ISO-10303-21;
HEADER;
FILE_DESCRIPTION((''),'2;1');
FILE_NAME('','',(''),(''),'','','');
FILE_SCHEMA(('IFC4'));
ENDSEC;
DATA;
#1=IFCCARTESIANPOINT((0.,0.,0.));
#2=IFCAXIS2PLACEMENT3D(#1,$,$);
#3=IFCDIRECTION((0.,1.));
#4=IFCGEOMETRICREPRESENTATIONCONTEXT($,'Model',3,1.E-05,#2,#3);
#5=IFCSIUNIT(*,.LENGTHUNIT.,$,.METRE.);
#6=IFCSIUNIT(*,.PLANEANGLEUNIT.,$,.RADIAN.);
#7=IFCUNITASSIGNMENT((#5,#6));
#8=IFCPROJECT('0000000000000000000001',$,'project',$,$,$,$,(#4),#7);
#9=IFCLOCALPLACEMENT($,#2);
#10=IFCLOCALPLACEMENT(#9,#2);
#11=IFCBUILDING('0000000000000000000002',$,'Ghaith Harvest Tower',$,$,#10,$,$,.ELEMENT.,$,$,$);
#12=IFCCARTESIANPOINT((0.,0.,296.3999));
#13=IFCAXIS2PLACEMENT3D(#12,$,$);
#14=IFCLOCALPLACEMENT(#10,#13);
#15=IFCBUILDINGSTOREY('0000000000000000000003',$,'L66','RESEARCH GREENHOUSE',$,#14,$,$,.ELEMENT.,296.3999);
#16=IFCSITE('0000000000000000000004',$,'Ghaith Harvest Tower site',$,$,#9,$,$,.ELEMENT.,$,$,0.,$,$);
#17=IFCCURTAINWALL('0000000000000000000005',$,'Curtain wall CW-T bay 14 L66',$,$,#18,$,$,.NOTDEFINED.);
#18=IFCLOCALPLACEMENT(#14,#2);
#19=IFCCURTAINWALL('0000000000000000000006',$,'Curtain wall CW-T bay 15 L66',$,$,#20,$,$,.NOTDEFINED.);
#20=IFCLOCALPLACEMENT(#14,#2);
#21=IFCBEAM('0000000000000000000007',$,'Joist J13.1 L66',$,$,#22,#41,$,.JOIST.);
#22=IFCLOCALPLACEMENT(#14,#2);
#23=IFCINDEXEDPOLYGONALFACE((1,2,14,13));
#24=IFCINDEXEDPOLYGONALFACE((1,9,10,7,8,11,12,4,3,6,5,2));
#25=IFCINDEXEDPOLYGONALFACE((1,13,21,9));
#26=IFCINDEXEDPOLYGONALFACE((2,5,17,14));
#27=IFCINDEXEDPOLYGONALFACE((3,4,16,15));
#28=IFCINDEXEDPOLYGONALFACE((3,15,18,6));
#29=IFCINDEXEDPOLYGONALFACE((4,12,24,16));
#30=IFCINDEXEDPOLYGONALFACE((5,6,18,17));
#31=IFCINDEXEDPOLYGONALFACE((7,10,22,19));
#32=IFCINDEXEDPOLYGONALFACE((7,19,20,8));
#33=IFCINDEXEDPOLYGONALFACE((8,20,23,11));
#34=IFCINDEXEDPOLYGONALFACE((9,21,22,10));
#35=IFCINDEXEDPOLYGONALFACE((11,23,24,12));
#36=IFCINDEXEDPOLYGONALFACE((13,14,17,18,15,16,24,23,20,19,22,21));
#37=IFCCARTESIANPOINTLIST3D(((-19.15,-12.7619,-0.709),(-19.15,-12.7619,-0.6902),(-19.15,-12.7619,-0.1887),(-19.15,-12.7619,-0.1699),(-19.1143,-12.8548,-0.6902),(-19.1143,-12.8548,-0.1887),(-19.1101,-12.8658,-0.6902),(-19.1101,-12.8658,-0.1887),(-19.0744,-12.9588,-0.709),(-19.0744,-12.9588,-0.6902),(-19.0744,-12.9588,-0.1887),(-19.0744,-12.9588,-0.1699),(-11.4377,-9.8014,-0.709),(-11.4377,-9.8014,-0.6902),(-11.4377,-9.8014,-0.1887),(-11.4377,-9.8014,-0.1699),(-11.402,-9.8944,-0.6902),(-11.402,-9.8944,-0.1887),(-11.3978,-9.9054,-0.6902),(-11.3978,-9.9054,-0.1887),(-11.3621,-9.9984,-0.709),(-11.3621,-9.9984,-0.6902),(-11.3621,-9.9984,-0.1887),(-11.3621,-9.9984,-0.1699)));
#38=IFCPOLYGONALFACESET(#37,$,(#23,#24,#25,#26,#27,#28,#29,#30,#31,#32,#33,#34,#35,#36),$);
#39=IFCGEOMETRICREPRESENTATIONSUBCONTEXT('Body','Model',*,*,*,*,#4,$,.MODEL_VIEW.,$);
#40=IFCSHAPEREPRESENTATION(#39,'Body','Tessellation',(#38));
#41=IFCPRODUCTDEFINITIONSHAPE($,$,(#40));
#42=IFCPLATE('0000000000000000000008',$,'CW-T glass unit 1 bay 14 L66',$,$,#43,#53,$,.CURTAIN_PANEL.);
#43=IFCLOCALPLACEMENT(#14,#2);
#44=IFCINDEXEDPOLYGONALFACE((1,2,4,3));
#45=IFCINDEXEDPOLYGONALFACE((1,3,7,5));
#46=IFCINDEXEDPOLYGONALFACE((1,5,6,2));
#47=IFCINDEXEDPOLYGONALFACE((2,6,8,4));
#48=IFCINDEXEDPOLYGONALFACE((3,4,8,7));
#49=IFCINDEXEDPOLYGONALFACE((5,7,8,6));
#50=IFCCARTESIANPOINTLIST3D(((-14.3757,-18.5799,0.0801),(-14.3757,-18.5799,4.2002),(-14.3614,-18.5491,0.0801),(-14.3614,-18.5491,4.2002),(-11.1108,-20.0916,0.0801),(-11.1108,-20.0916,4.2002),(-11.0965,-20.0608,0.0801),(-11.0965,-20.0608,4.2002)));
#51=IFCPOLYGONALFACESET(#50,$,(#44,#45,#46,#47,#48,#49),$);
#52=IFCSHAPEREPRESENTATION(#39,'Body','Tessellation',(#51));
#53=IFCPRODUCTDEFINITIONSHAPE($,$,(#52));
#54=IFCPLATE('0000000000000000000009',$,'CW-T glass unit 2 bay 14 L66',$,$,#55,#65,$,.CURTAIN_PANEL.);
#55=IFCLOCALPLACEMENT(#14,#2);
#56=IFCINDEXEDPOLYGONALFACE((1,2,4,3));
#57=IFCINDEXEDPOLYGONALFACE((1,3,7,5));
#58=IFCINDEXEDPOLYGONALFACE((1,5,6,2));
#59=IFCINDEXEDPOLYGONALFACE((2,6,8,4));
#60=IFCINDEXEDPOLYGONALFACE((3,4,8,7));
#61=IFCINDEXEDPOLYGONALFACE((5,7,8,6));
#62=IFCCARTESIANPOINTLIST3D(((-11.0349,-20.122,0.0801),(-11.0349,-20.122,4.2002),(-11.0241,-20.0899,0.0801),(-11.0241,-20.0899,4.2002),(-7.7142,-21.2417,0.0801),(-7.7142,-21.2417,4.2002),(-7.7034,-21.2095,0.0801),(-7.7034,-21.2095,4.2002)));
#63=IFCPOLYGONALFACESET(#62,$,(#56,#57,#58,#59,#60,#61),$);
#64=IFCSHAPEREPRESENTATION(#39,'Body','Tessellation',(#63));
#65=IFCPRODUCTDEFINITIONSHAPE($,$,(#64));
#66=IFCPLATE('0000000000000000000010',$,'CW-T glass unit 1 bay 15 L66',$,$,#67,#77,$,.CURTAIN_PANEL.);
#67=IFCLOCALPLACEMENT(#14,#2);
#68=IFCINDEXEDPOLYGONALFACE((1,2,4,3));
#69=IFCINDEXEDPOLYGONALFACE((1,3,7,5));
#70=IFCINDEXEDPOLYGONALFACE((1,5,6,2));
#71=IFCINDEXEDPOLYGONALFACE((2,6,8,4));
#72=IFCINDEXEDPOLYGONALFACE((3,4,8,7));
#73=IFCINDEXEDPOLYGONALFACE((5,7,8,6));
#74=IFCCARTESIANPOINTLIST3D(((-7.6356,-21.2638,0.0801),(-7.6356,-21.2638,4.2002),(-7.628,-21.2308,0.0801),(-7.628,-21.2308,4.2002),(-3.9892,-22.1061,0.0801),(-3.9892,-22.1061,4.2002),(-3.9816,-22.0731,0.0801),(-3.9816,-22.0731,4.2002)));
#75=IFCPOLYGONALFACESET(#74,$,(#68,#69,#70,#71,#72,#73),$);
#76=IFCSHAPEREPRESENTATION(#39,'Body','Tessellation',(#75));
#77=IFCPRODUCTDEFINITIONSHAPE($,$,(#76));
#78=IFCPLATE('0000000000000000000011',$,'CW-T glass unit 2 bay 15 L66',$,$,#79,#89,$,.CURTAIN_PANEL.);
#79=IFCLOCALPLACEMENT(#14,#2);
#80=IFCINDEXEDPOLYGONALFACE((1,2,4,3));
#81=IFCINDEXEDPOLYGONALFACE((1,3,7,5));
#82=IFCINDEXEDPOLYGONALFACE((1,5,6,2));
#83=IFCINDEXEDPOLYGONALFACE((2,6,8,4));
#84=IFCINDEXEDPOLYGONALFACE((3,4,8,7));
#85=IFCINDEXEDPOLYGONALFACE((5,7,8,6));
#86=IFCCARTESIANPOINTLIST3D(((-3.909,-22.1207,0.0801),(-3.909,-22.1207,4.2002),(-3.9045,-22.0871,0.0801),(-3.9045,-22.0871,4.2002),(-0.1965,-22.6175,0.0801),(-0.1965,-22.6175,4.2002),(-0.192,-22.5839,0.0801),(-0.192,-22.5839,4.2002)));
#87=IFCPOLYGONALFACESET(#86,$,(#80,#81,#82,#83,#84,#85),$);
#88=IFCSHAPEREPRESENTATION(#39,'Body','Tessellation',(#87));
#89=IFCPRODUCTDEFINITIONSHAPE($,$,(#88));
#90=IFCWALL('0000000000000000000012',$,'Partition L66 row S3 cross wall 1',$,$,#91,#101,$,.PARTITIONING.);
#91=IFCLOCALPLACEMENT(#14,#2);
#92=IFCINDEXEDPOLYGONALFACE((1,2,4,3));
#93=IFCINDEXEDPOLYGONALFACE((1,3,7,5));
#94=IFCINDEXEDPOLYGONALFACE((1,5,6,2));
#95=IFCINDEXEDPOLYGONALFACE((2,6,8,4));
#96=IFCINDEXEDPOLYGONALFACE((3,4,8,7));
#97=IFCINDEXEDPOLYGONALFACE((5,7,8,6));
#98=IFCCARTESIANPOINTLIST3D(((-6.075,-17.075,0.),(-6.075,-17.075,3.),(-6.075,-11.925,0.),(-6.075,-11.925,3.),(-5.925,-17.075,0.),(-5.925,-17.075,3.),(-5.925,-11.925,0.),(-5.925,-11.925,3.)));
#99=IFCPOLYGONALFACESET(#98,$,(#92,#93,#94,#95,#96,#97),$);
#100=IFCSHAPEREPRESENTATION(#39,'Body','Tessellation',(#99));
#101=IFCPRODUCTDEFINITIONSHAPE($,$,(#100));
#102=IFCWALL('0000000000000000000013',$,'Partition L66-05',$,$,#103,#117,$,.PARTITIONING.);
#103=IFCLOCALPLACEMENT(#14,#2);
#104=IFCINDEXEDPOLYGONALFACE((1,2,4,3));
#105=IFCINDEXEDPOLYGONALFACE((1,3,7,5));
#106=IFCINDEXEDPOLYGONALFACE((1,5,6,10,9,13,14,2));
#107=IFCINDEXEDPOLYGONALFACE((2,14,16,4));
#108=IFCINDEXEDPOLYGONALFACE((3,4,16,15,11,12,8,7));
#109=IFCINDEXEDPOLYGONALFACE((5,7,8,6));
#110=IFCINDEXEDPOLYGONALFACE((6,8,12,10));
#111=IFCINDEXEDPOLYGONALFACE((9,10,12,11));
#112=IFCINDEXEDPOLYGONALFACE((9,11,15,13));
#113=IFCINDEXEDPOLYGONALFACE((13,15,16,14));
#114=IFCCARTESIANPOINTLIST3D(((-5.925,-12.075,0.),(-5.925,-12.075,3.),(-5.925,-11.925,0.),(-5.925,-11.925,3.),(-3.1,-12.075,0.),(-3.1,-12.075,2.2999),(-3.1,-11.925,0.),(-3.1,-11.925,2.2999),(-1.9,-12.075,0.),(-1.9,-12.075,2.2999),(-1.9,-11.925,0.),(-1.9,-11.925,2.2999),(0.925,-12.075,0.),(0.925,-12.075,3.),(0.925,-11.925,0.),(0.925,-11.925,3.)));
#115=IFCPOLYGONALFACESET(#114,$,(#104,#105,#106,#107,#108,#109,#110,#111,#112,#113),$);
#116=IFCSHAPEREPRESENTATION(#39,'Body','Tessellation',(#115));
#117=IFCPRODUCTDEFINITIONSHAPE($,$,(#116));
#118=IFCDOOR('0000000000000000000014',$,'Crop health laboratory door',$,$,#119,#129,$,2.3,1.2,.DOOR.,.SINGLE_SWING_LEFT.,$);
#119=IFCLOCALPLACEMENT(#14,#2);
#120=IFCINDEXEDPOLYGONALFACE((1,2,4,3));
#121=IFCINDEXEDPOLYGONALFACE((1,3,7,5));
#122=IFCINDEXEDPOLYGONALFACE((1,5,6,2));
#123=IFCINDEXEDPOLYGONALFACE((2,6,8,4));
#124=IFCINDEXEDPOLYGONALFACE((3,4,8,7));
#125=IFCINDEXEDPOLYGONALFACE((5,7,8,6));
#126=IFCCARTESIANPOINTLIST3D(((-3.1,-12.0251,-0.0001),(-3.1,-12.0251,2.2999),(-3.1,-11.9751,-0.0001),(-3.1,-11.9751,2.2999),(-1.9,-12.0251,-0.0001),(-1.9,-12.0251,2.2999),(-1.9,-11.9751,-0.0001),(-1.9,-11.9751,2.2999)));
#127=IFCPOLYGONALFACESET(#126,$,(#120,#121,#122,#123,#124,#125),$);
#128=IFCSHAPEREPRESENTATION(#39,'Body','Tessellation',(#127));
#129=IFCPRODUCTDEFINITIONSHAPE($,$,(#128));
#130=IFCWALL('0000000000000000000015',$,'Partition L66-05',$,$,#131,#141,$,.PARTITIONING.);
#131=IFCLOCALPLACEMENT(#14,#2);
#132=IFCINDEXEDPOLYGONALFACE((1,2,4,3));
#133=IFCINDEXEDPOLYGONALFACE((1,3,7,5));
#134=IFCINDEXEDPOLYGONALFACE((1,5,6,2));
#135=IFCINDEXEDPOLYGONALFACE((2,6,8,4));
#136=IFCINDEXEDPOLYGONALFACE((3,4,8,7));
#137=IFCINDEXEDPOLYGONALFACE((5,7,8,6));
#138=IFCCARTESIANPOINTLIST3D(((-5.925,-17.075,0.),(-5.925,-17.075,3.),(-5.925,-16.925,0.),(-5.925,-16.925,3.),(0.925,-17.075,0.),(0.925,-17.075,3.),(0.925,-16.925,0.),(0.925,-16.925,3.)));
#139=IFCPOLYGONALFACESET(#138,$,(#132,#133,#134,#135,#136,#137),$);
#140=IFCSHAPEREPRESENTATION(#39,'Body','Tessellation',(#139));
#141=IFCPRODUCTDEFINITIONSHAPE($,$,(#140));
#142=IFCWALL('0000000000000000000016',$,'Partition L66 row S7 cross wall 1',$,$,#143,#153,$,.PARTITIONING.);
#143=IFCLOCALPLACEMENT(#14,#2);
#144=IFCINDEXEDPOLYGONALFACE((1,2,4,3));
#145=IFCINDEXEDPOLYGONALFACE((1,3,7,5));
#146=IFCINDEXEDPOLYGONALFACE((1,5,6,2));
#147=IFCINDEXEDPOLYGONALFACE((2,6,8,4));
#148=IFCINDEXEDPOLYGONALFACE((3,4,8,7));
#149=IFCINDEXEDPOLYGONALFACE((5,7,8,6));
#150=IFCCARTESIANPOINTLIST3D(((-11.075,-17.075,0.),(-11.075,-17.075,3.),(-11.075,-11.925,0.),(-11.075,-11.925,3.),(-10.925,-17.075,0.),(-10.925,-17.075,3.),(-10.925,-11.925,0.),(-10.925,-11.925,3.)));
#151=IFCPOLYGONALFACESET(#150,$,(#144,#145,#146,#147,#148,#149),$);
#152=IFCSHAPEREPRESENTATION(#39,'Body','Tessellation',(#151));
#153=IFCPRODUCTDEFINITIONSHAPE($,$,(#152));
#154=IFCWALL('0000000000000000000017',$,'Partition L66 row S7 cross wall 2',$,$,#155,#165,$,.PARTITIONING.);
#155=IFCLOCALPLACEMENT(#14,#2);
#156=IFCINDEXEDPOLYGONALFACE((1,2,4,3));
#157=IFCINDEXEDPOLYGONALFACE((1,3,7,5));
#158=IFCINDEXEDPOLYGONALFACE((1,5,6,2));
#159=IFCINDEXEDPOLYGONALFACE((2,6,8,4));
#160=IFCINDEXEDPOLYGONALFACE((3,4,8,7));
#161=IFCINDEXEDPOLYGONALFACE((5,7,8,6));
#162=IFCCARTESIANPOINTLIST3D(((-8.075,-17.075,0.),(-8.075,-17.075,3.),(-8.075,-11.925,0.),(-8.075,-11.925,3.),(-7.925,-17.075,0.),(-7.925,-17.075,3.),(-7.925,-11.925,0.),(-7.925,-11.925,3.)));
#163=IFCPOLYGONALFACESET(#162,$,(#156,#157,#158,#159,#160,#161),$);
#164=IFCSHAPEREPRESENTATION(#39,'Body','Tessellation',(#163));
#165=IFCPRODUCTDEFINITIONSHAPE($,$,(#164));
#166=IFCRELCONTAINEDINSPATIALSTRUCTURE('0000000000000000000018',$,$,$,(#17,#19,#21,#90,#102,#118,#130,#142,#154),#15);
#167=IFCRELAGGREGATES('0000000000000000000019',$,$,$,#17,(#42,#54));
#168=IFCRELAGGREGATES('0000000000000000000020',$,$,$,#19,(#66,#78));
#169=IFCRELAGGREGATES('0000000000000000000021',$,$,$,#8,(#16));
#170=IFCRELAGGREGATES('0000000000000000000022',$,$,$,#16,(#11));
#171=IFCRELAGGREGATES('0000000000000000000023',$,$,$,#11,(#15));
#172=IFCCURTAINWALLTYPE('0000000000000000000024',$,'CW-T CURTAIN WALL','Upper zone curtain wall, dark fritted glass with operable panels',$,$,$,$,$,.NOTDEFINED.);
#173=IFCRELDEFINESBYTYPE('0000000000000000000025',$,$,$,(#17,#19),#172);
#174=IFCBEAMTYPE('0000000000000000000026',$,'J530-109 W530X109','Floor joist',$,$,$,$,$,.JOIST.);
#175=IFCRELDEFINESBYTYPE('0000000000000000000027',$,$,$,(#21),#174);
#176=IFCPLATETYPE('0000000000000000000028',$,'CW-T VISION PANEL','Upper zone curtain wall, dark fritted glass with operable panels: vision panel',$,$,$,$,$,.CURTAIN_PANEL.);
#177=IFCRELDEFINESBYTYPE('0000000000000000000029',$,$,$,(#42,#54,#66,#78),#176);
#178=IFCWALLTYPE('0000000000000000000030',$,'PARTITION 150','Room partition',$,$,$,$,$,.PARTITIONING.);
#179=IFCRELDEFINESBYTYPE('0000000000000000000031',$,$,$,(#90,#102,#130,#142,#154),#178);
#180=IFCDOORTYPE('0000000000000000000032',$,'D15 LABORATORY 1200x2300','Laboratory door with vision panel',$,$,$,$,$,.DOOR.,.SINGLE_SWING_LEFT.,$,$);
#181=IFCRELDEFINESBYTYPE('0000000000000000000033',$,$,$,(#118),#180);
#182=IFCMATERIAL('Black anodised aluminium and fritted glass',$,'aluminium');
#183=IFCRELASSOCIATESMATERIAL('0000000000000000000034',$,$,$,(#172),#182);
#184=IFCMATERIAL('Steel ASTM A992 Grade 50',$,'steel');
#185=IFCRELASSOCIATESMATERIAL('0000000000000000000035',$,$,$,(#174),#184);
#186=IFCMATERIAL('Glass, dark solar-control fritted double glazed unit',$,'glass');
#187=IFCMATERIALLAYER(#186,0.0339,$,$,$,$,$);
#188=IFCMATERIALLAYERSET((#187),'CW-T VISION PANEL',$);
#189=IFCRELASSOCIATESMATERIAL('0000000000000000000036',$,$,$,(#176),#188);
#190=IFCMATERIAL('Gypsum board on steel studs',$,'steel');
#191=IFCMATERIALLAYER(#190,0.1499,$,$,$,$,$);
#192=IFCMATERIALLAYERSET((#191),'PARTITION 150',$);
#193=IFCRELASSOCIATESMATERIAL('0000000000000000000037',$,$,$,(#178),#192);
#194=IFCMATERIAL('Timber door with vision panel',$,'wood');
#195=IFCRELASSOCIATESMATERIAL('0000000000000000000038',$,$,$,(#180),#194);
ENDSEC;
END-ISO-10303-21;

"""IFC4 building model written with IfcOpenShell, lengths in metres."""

from ifc_helpers import new_model, si_unit, direction, frame, frame_2d, origin, origin_2d, place, context, subcontext, project, spatial, rectangle, i_section, extrude, material, layer, layer_set, material_profile, profile_set, type_object, element, fill, aggregate, save


model = new_model("IFC4")

# Units and contexts
model_context = context("Model", 3, precision=1e-05, world=origin(), true_north=direction((0.0, 1.0)))
body_context = subcontext(model_context, "Body", "Model", "MODEL_VIEW")
ifc_project = project(units=[si_unit("LENGTHUNIT", "METRE"), si_unit("PLANEANGLEUNIT", "RADIAN")], contexts=[model_context])

# Site, building, storey
site_placement = place(None, origin())
site = spatial("IfcSite", under=ifc_project, at=site_placement, Name="Ghaith Harvest Tower site", CompositionType="ELEMENT", RefElevation=0.0)
building_placement = place(site_placement, origin())
building = spatial("IfcBuilding", under=site, at=building_placement, Name="Ghaith Harvest Tower", CompositionType="ELEMENT")
storey_placement = place(building_placement, frame((0.0, 0.0, 296.3999)))
storey = spatial("IfcBuildingStorey", under=building, at=storey_placement, Name="L66", Description="RESEARCH GREENHOUSE", CompositionType="ELEMENT", Elevation=296.3999)

# Curtain wall
ifc_material_1 = material(Name="Black anodised aluminium and fritted glass", Category="aluminium")
curtain_wall_type = type_object("IfcCurtainWallType", Name="CW-T CURTAIN WALL", Description="Upper zone curtain wall, dark fritted glass with operable panels", PredefinedType="NOTDEFINED", material=ifc_material_1)
curtain_wall_1_placement = place(storey_placement, origin())
curtain_wall_1 = element("IfcCurtainWall", 1, at=curtain_wall_1_placement, inside=storey, type_object=curtain_wall_type, Name="Curtain wall CW-T bay 14 L66", PredefinedType="NOTDEFINED")

# Curtain wall
curtain_wall_2_placement = place(storey_placement, origin())
curtain_wall_2 = element("IfcCurtainWall", 2, at=curtain_wall_2_placement, inside=storey, type_object=curtain_wall_type, Name="Curtain wall CW-T bay 15 L66", PredefinedType="NOTDEFINED")

# Beam
ifc_material_2 = material(Name="Steel ASTM A992 Grade 50", Category="steel")
ifc_material_profile_1 = material_profile(ifc_material_2, i_section(OverallWidth=0.2109, OverallDepth=0.5391, WebThickness=0.0117, FlangeThickness=0.0188, at=origin_2d()), Name="W530X109")
ifc_profile_set_1 = profile_set([ifc_material_profile_1], Name="Steel ASTM A992 Grade 50")
beam_type_1 = type_object("IfcBeamType", Name="J530-109 W530X109", Description="Floor joist", PredefinedType="JOIST", material=ifc_profile_set_1)
beam_1_placement = place(storey_placement, frame((-11.3999, -9.8999, -0.4395), z_axis=(-0.933583, -0.358361, 0.0), x_axis=(0.358361, -0.933583, 0.0)))
element("IfcBeam", 3, at=beam_1_placement, inside=storey, type_object=beam_type_1, Name="Joist J13.1 L66", PredefinedType="JOIST", context=body_context, shape_type="SweptSolid", body=[
    extrude(i_section(OverallWidth=0.2109, OverallDepth=0.5391, WebThickness=0.0117, FlangeThickness=0.0188, at=origin_2d()), origin(), (0.0, 0.0, 1.0), 8.261),
])

# Plates
ifc_material_3 = material(Name="Glass, dark solar-control fritted double glazed unit", Category="glass")
ifc_layer_1 = layer(ifc_material_3, 0.0339)
ifc_layer_set_1 = layer_set([ifc_layer_1], Name="CW-T VISION PANEL")
plate_type = type_object("IfcPlateType", Name="CW-T VISION PANEL", Description="Upper zone curtain wall, dark fritted glass with operable panels: vision panel", PredefinedType="CURTAIN_PANEL", material=ifc_layer_set_1)
plate_1_placement = place(storey_placement, frame((-12.7361, -19.3203, 0.0801), z_axis=(0.0, 0.0, 1.0), x_axis=(0.90745, -0.42016, 0.0)))
plate_1 = element("IfcPlate", 4, at=plate_1_placement, type_object=plate_type, Name="CW-T glass unit 1 bay 14 L66", PredefinedType="CURTAIN_PANEL", context=body_context, shape_type="SweptSolid", body=[
    extrude(rectangle(XDim=3.5979, YDim=0.0339, at=origin_2d()), origin(), (0.0, 0.0, 1.0), 4.1201),
])
plate_2_placement = place(storey_placement, frame((-9.3691, -20.6658, 0.0801), z_axis=(0.0, 0.0, 1.0), x_axis=(0.947586, -0.3195, 0.0)))
plate_2 = element("IfcPlate", 5, at=plate_2_placement, type_object=plate_type, Name="CW-T glass unit 2 bay 14 L66", PredefinedType="CURTAIN_PANEL", context=body_context, shape_type="SweptSolid", body=[
    extrude(rectangle(XDim=3.5044, YDim=0.0339, at=origin_2d()), origin(), (0.0, 0.0, 1.0), 4.1201),
])
aggregate(curtain_wall_1, [plate_1, plate_2])
plate_3_placement = place(storey_placement, frame((-5.8086, -21.6685, 0.0801), z_axis=(0.0, 0.0, 1.0), x_axis=(0.974342, -0.225072, 0.0)))
plate_3 = element("IfcPlate", 6, at=plate_3_placement, type_object=plate_type, Name="CW-T glass unit 1 bay 15 L66", PredefinedType="CURTAIN_PANEL", context=body_context, shape_type="SweptSolid", body=[
    extrude(rectangle(XDim=3.7424, YDim=0.0339, at=origin_2d()), origin(), (0.0, 0.0, 1.0), 4.1201),
])
plate_4_placement = place(storey_placement, frame((-2.0505, -22.3523, 0.0801), z_axis=(0.0, 0.0, 1.0), x_axis=(0.991165, -0.132633, 0.0)))
plate_4 = element("IfcPlate", 7, at=plate_4_placement, type_object=plate_type, Name="CW-T glass unit 2 bay 15 L66", PredefinedType="CURTAIN_PANEL", context=body_context, shape_type="SweptSolid", body=[
    extrude(rectangle(XDim=3.7456, YDim=0.0339, at=origin_2d()), origin(), (0.0, 0.0, 1.0), 4.1201),
])
aggregate(curtain_wall_2, [plate_3, plate_4])

# Wall
ifc_material_4 = material(Name="Gypsum board on steel studs", Category="steel")
ifc_layer_2 = layer(ifc_material_4, 0.1499)
ifc_layer_set_2 = layer_set([ifc_layer_2], Name="PARTITION 150")
wall_type = type_object("IfcWallType", Name="PARTITION 150", Description="Room partition", PredefinedType="PARTITIONING", material=ifc_layer_set_2)
wall_1_placement = place(storey_placement, frame((-6.0, -11.925, 0.0), z_axis=(0.0, 0.0, 1.0), x_axis=(0.0, -1.0, 0.0)))
element("IfcWall", 8, at=wall_1_placement, inside=storey, type_object=wall_type, Name="Partition L66 row S3 cross wall 1", PredefinedType="PARTITIONING", context=body_context, shape_type="SweptSolid", body=[
    extrude(rectangle(XDim=5.1499, YDim=0.1499, at=frame_2d((2.575, 0.0))), origin(), (0.0, 0.0, 1.0), 3.0),
])

# Wall, opening, door
wall_2_placement = place(storey_placement, frame((-5.925, -12.0, 0.0), z_axis=(0.0, 0.0, 1.0), x_axis=(1.0, 0.0, 0.0)))
wall_2 = element("IfcWall", 9, at=wall_2_placement, inside=storey, type_object=wall_type, Name="Partition L66-05", PredefinedType="PARTITIONING", context=body_context, shape_type="SweptSolid", body=[
    extrude(rectangle(XDim=6.8501, YDim=0.1499, at=frame_2d((3.425, 0.0))), origin(), (0.0, 0.0, 1.0), 3.0),
])
opening_1_placement = place(wall_2_placement, frame((2.825, 0.0, 0.0)))
opening_1 = element("IfcOpeningElement", 10, at=opening_1_placement, cuts=wall_2, PredefinedType="OPENING", context=body_context, shape_type="SweptSolid", body=[
    extrude(rectangle(XDim=1.2, YDim=2.3, at=frame_2d((0.6001, 1.1499))), frame((0.0, 0.085, 0.0), z_axis=(0.0, -1.0, 0.0), x_axis=(1.0, 0.0, 0.0)), (0.0, 0.0, 1.0), 0.1699),
])
ifc_material_5 = material(Name="Timber door with vision panel", Category="wood")
door_type_1 = type_object("IfcDoorType", Name="D15 LABORATORY 1200x2300", Description="Laboratory door with vision panel", OperationType="SINGLE_SWING_LEFT", PredefinedType="DOOR", material=ifc_material_5)
door_1_placement = place(opening_1_placement, origin())
door_1 = element("IfcDoor", 11, at=door_1_placement, inside=storey, type_object=door_type_1, Name="Crop health laboratory door", OperationType="SINGLE_SWING_LEFT", OverallHeight=2.3, OverallWidth=1.2, PredefinedType="DOOR", context=body_context, shape_type="SweptSolid", body=[
    extrude(rectangle(XDim=1.2, YDim=2.3, at=frame_2d((0.6001, 1.1499))), frame((0.0, 0.0249, 0.0), z_axis=(0.0, -1.0, 0.0), x_axis=(1.0, 0.0, 0.0)), (0.0, 0.0, 1.0), 0.05),
])
fill(opening_1, door_1)

# Walls
wall_3_placement = place(storey_placement, frame((-5.925, -17.0, 0.0), z_axis=(0.0, 0.0, 1.0), x_axis=(1.0, 0.0, 0.0)))
element("IfcWall", 12, at=wall_3_placement, inside=storey, type_object=wall_type, Name="Partition L66-05", PredefinedType="PARTITIONING", context=body_context, shape_type="SweptSolid", body=[
    extrude(rectangle(XDim=6.8501, YDim=0.1499, at=frame_2d((3.425, 0.0))), origin(), (0.0, 0.0, 1.0), 3.0),
])
for number, where, z_axis, x_axis, name in (
    (13, (-11.0, -11.925, 0.0), (0.0, 0.0, 1.0), (0.0, -1.0, 0.0), "Partition L66 row S7 cross wall 1"),
    (14, (-8.0, -11.925, 0.0), (0.0, 0.0, 1.0), (0.0, -1.0, 0.0), "Partition L66 row S7 cross wall 2"),
):
    element("IfcWall", number, at=place(storey_placement, frame(where, z_axis=z_axis, x_axis=x_axis)), inside=storey, type_object=wall_type, Name=name, PredefinedType="PARTITIONING", context=body_context, shape_type="SweptSolid", body=[
        extrude(rectangle(XDim=5.1499, YDim=0.1499, at=frame_2d((2.575, 0.0))), origin(), (0.0, 0.0, 1.0), 3.0),
    ])

save(model, "model.ifc")
